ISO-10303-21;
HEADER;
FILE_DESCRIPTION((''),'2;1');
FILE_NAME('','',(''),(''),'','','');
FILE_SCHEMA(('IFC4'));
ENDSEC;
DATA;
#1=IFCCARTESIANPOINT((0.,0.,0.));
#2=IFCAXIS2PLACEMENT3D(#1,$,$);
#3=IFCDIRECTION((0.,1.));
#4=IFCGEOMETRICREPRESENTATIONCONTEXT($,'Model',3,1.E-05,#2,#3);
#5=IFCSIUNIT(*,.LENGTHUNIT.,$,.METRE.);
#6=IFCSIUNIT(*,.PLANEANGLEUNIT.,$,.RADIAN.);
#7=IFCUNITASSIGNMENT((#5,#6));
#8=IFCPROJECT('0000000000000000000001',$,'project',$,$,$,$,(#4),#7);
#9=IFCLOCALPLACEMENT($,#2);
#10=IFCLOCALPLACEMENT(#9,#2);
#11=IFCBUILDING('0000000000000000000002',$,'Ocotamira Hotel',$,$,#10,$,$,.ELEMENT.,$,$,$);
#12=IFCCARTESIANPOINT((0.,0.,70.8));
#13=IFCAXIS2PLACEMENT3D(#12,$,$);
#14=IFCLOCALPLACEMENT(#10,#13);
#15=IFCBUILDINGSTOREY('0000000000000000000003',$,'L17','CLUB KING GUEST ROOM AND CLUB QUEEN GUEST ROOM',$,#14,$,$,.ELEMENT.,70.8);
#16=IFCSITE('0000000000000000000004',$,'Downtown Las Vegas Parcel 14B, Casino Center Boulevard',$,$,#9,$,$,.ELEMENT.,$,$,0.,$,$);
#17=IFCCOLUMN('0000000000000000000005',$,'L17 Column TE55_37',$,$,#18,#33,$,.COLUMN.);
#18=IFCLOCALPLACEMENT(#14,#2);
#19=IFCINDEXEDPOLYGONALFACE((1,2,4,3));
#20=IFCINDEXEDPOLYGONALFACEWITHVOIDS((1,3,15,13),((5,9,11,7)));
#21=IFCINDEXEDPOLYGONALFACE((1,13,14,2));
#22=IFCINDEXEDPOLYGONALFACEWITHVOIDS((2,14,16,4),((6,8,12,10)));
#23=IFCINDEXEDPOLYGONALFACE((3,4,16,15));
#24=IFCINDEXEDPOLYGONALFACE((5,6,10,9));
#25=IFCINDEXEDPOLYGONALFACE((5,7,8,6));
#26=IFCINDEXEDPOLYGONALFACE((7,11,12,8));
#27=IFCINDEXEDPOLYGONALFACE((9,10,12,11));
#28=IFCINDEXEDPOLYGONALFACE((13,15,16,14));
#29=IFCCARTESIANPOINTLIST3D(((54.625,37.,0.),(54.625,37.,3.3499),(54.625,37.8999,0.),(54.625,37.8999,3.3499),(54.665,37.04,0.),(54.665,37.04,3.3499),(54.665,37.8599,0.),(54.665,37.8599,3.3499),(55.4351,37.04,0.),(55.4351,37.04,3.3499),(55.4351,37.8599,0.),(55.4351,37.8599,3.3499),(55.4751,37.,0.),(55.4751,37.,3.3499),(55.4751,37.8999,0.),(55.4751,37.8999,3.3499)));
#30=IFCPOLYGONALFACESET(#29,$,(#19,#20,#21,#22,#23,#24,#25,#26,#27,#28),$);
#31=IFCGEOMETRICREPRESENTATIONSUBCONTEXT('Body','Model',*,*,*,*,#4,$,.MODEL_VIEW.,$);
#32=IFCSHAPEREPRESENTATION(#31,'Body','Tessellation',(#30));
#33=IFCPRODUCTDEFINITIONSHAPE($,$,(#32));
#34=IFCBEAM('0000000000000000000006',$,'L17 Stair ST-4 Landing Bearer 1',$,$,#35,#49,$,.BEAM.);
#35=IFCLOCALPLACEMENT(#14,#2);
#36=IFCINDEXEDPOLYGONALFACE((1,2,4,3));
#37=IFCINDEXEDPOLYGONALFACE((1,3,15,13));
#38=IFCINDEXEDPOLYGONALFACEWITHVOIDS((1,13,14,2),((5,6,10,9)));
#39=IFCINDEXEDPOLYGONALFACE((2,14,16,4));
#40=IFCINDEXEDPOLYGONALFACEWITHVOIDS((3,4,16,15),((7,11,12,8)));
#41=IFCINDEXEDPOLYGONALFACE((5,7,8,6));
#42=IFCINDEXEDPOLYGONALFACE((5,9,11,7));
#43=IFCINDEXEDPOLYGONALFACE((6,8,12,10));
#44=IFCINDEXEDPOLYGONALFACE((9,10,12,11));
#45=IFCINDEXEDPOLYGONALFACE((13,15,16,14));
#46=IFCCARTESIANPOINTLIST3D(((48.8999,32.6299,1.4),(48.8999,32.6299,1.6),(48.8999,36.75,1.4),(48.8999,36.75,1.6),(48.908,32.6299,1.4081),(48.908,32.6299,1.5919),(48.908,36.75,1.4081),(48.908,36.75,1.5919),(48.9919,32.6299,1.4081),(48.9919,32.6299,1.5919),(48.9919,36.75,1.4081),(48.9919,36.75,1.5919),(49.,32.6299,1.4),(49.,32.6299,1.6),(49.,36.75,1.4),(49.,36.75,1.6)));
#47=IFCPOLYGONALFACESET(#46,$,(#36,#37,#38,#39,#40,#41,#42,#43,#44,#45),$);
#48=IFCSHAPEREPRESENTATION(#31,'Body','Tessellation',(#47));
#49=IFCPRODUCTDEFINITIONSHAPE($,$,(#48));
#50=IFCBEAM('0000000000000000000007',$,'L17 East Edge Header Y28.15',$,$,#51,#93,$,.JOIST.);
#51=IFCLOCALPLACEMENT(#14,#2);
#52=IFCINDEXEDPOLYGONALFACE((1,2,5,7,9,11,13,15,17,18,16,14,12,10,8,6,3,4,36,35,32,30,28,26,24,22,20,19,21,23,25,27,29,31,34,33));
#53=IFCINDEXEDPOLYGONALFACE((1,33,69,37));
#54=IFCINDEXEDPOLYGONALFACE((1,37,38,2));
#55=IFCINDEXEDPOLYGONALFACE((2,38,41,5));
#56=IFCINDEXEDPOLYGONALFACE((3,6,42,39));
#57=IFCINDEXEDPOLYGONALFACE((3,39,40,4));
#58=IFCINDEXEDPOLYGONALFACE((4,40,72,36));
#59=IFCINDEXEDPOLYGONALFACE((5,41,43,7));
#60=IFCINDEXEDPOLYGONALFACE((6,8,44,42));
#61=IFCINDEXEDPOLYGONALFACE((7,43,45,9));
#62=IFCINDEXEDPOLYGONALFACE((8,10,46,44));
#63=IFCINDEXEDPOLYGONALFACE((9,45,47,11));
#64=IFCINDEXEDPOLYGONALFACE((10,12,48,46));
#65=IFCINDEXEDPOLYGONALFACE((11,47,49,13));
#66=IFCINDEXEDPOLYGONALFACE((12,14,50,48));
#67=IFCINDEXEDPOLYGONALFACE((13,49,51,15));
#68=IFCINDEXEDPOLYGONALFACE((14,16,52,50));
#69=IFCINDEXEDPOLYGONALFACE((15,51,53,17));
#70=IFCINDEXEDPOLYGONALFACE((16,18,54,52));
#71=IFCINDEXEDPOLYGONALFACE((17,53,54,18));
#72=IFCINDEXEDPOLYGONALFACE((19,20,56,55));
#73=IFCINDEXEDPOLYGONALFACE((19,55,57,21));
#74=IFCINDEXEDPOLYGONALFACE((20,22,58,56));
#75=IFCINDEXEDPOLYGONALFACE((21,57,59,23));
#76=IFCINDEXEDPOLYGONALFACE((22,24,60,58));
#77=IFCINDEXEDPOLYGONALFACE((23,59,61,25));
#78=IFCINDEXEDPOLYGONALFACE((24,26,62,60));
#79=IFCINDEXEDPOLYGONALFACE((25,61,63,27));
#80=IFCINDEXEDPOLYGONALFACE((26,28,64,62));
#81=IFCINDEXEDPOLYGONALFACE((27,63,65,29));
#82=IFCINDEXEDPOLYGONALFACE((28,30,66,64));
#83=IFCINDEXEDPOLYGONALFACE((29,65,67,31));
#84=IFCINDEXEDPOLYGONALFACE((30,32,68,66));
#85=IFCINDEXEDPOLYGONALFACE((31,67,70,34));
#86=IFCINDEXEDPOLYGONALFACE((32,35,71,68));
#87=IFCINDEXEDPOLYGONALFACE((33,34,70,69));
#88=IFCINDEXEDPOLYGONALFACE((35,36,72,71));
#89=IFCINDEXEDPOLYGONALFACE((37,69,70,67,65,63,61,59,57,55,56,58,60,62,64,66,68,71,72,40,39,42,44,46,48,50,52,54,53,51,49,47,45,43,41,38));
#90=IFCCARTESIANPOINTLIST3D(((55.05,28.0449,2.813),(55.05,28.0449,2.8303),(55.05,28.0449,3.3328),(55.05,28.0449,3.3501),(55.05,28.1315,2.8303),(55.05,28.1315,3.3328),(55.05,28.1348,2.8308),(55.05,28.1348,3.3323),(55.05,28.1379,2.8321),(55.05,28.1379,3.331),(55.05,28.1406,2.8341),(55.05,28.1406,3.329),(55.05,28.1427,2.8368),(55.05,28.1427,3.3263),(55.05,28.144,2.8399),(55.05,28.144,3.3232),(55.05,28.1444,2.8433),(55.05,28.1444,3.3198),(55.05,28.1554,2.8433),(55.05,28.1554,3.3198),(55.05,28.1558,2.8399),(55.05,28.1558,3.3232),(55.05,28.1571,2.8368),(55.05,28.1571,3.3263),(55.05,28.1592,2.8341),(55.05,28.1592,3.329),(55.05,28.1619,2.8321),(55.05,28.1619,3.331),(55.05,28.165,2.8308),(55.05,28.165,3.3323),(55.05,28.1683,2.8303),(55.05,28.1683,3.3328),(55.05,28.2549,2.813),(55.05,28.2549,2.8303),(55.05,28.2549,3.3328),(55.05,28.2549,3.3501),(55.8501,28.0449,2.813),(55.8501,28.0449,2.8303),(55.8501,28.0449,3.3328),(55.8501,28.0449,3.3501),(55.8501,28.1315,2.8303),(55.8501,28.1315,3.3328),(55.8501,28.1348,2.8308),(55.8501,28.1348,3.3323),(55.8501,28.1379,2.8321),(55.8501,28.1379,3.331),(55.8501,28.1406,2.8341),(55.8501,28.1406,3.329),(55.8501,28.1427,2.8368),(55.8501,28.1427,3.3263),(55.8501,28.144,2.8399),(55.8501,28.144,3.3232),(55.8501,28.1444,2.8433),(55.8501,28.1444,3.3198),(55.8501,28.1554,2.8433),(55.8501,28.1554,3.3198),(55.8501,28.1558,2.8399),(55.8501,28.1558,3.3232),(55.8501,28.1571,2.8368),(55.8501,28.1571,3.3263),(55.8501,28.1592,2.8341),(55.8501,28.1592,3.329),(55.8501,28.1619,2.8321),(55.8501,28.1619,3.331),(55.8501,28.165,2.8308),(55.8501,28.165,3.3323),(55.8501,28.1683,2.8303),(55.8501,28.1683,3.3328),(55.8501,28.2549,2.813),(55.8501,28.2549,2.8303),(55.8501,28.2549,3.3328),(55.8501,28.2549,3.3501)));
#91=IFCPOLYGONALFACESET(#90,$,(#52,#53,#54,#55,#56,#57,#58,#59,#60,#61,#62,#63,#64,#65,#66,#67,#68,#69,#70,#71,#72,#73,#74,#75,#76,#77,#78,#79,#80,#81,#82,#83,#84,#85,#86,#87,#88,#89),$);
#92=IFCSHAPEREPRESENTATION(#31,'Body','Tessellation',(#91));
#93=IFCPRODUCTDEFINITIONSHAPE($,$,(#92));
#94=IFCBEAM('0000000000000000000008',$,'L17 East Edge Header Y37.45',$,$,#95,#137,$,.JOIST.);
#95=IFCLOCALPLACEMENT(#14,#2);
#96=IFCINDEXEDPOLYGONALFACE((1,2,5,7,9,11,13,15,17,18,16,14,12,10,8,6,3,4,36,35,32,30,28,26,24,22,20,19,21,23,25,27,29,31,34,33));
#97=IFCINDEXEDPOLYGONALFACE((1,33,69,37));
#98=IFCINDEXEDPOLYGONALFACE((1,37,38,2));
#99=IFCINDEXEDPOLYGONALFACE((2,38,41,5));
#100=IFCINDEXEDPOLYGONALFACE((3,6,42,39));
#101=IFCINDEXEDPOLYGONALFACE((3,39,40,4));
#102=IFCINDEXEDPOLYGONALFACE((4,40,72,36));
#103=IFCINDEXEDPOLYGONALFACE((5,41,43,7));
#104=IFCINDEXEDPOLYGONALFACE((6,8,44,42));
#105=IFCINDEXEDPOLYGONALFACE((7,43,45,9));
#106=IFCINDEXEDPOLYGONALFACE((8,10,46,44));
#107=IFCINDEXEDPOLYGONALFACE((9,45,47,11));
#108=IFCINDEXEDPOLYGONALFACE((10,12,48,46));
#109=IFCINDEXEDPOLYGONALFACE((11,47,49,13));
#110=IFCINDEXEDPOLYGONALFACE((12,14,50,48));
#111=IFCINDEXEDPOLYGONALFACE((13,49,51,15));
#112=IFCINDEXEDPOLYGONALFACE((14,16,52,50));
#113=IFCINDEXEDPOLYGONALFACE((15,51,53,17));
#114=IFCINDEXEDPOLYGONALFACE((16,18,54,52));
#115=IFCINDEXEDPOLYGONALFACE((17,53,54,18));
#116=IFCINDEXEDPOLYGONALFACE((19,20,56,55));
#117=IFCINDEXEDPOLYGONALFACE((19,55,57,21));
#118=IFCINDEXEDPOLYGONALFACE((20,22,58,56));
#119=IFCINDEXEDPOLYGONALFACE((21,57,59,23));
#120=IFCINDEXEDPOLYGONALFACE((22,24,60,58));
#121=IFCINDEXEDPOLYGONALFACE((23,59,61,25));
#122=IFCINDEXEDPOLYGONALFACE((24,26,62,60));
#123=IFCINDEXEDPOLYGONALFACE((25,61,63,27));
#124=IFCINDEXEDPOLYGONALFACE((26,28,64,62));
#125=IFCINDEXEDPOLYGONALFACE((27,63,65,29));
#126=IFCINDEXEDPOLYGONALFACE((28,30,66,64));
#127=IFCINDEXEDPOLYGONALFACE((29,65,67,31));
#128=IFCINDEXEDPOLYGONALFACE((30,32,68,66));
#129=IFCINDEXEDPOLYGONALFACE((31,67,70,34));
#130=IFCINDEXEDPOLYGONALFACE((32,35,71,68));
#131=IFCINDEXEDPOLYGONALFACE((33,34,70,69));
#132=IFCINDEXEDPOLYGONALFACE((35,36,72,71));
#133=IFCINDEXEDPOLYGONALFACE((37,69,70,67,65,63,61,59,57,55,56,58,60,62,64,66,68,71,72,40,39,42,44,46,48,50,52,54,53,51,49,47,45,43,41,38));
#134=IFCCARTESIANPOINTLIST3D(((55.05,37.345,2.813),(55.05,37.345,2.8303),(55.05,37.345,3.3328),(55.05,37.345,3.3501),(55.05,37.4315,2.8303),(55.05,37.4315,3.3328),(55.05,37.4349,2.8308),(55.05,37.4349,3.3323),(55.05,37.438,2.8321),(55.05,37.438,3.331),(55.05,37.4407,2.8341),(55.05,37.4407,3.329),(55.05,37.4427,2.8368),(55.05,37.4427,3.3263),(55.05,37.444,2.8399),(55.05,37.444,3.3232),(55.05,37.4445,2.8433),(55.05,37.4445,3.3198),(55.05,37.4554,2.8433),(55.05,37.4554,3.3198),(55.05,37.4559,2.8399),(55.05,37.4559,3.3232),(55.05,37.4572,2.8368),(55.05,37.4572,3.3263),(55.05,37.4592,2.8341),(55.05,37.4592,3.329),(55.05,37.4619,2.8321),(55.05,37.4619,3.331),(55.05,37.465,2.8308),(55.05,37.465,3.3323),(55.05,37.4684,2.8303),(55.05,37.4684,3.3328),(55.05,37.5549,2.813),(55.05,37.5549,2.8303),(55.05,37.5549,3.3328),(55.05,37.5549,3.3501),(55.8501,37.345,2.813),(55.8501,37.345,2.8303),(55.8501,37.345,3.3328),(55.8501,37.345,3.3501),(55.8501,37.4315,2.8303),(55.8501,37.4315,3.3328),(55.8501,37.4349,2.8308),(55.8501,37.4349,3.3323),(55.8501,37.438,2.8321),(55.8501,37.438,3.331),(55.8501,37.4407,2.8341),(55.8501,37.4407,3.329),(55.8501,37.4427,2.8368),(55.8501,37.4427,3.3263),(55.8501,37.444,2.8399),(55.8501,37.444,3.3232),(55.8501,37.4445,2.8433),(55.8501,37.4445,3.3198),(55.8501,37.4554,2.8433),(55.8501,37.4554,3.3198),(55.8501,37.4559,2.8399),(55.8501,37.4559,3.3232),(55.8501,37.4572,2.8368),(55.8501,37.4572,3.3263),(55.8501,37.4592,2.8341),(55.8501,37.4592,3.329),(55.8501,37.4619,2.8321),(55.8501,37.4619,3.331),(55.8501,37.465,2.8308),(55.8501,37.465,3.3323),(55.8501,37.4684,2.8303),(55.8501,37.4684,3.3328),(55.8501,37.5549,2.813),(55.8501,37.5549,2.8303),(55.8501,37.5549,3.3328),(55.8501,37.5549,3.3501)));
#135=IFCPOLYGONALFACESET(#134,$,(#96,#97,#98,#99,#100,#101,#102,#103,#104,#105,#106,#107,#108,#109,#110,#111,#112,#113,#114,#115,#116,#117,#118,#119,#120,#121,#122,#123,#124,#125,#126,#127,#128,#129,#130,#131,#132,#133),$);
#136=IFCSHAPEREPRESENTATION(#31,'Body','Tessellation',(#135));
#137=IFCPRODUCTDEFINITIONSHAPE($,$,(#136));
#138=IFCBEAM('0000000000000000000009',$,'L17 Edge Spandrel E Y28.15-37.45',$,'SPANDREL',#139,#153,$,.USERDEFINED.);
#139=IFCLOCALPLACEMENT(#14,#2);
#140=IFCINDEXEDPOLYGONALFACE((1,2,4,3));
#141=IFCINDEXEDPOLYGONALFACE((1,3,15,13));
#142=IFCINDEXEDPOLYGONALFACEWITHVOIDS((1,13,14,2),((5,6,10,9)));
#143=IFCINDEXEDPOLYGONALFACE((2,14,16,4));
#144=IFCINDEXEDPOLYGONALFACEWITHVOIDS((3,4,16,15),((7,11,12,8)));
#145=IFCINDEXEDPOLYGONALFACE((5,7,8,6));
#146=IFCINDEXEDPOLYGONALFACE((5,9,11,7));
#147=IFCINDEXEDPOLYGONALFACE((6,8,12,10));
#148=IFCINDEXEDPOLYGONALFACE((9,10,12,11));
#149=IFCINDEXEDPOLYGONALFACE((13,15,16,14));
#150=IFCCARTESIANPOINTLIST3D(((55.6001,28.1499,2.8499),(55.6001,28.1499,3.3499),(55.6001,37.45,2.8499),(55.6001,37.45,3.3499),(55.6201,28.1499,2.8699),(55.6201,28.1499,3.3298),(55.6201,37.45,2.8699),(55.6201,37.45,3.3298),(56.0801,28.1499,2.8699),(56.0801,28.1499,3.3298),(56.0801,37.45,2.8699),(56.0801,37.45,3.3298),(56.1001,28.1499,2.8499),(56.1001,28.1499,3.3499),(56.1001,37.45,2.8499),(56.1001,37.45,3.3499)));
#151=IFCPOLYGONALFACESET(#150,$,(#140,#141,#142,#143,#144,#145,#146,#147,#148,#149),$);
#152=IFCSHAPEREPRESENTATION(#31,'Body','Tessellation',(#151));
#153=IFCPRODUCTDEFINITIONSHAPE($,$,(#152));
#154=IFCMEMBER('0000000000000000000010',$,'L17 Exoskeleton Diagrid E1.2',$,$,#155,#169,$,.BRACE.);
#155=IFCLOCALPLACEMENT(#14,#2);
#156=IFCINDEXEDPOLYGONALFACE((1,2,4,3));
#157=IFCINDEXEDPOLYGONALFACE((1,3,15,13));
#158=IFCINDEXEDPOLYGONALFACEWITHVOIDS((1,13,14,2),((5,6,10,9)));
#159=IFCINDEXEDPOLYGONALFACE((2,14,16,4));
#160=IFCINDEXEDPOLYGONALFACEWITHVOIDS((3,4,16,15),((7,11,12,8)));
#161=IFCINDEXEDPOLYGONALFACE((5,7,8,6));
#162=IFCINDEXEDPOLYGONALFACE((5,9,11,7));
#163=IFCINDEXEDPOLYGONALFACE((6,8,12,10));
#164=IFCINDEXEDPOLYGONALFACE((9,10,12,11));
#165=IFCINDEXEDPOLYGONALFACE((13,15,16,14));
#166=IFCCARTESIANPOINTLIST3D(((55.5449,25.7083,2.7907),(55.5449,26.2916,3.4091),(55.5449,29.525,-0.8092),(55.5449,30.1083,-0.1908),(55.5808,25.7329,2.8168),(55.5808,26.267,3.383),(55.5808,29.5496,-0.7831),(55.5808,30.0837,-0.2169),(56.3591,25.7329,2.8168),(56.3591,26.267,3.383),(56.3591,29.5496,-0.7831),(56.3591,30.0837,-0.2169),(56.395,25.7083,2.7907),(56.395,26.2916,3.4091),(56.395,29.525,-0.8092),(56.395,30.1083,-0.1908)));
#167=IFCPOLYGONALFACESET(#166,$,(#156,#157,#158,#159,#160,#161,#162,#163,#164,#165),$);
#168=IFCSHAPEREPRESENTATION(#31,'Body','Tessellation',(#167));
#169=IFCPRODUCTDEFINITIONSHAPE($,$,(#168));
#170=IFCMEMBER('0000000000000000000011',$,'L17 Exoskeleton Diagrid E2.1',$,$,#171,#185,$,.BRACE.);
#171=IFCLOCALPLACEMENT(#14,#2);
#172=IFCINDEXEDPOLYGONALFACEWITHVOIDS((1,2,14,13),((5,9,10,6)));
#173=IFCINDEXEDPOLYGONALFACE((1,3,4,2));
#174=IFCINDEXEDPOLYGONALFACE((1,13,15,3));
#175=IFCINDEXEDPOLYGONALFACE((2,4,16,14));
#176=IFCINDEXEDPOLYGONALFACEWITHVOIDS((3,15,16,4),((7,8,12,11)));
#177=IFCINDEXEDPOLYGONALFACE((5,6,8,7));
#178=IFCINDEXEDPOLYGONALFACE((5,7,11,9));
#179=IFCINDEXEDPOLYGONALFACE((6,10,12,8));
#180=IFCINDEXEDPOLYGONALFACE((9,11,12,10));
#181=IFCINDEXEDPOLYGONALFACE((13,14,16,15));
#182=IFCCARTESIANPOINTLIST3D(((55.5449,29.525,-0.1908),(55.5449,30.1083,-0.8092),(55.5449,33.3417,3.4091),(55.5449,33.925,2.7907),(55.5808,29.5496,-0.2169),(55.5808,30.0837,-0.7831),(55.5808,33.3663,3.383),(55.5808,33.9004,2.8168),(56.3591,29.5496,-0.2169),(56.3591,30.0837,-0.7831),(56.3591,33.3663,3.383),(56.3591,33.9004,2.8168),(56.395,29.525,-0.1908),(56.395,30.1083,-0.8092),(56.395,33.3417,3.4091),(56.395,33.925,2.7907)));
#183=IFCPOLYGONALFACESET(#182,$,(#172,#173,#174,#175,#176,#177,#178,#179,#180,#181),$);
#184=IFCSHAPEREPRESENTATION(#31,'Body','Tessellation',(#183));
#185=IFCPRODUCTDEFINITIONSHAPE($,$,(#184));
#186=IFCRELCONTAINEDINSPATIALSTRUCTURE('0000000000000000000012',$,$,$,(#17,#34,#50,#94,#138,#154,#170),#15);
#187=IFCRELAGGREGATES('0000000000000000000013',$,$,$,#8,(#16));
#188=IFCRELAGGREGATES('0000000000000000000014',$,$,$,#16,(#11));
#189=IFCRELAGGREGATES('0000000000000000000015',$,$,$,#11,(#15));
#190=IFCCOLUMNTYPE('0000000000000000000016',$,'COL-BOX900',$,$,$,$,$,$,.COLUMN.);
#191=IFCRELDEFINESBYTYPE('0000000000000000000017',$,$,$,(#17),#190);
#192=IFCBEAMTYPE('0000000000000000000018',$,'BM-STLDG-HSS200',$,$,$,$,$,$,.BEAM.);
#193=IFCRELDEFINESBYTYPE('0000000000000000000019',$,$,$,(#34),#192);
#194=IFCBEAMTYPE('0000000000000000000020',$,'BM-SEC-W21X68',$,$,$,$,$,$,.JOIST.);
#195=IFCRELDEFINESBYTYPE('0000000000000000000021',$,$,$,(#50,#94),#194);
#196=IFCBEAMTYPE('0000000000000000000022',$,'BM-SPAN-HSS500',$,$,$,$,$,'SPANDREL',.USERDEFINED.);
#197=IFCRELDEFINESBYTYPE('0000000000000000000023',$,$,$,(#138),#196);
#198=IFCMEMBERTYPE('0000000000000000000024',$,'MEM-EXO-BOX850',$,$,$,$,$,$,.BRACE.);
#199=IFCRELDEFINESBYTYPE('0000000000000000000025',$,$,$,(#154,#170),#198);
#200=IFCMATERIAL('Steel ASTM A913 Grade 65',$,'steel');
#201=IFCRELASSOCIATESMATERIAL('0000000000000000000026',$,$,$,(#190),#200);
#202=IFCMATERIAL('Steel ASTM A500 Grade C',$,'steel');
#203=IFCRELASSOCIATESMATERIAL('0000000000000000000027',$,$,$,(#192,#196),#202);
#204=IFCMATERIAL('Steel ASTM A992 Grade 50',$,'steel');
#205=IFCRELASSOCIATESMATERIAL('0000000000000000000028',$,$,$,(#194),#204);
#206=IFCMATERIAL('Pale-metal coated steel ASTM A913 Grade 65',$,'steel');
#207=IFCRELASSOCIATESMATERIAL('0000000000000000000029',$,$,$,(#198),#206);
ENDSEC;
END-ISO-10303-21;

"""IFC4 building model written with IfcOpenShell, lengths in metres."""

from ifc_helpers import new_model, si_unit, direction, frame, origin, origin_2d, place, context, subcontext, project, spatial, hollow_rectangle, i_section, extrude, source, transform, mapped, material, material_profile, profile_set, type_object, element, save


model = new_model("IFC4")

# Units and contexts
model_context = context("Model", 3, precision=1e-05, world=origin(), true_north=direction((0.0, 1.0)))
body_context = subcontext(model_context, "Body", "Model", "MODEL_VIEW")
ifc_project = project(units=[si_unit("LENGTHUNIT", "METRE"), si_unit("PLANEANGLEUNIT", "RADIAN")], contexts=[model_context])

# Site, building, storey
site_placement = place(None, origin())
site = spatial("IfcSite", under=ifc_project, at=site_placement, Name="Downtown Las Vegas Parcel 14B, Casino Center Boulevard", CompositionType="ELEMENT", RefElevation=0.0)
building_placement = place(site_placement, origin())
building = spatial("IfcBuilding", under=site, at=building_placement, Name="Ocotamira Hotel", CompositionType="ELEMENT")
storey_placement = place(building_placement, frame((0.0, 0.0, 70.8)))
storey = spatial("IfcBuildingStorey", under=building, at=storey_placement, Name="L17", Description="CLUB KING GUEST ROOM AND CLUB QUEEN GUEST ROOM", CompositionType="ELEMENT", Elevation=70.8)

# Column
ifc_material_1 = material(Name="Steel ASTM A913 Grade 65", Category="steel")
ifc_material_profile_1 = material_profile(ifc_material_1, hollow_rectangle(XDim=0.8501, YDim=0.8999, WallThickness=0.04, at=origin_2d()), Name="BOX900X850X40")
ifc_profile_set_1 = profile_set([ifc_material_profile_1], Name="Steel ASTM A913 Grade 65")
column_type = type_object("IfcColumnType", Name="COL-BOX900", PredefinedType="COLUMN", material=ifc_profile_set_1)
shared_shape_1 = source(origin(), body_context, "Body", "SweptSolid", [
    extrude(hollow_rectangle(XDim=0.8501, YDim=0.8999, WallThickness=0.04, at=origin_2d()), origin(), (0.0, 0.0, 1.0), 3.3499),
])
column_placement = place(storey_placement, frame((55.05, 37.45, 0.0), z_axis=(0.0, 0.0, 1.0), x_axis=(1.0, 0.0, 0.0)))
element("IfcColumn", 1, at=column_placement, inside=storey, type_object=column_type, Name="L17 Column TE55_37", PredefinedType="COLUMN", context=body_context, shape_type="MappedRepresentation", body=[
    mapped(shared_shape_1, transform((0.0, 0.0, 0.0), scale=1.0)),
])

# Beams
ifc_material_2 = material(Name="Steel ASTM A500 Grade C", Category="steel")
ifc_material_profile_2 = material_profile(ifc_material_2, hollow_rectangle(XDim=0.1001, YDim=0.2, WallThickness=0.0081, at=origin_2d()), Name="HSS200X100X8")
ifc_profile_set_2 = profile_set([ifc_material_profile_2], Name="Steel ASTM A500 Grade C")
beam_type_1 = type_object("IfcBeamType", Name="BM-STLDG-HSS200", PredefinedType="BEAM", material=ifc_profile_set_2)
shared_shape_2 = source(origin(), body_context, "Body", "SweptSolid", [
    extrude(hollow_rectangle(XDim=0.1001, YDim=0.2, WallThickness=0.0081, at=origin_2d()), origin(), (0.0, 0.0, 1.0), 4.1201),
])
beam_1_placement = place(storey_placement, frame((48.95, 32.6299, 1.5), z_axis=(0.0, 1.0, 0.0), x_axis=(-1.0, 0.0, 0.0)))
element("IfcBeam", 2, at=beam_1_placement, inside=storey, type_object=beam_type_1, Name="L17 Stair ST-4 Landing Bearer 1", PredefinedType="BEAM", context=body_context, shape_type="MappedRepresentation", body=[
    mapped(shared_shape_2, transform((0.0, 0.0, 0.0), scale=1.0)),
])
ifc_material_3 = material(Name="Steel ASTM A992 Grade 50", Category="steel")
ifc_material_profile_3 = material_profile(ifc_material_3, i_section(OverallWidth=0.21, OverallDepth=0.5371, WebThickness=0.011, FlangeThickness=0.0173, FilletRadius=0.0129, at=origin_2d()), Name="W21X68")
ifc_profile_set_3 = profile_set([ifc_material_profile_3], Name="Steel ASTM A992 Grade 50")
beam_type_2 = type_object("IfcBeamType", Name="BM-SEC-W21X68", PredefinedType="JOIST", material=ifc_profile_set_3)
shared_shape_3 = source(origin(), body_context, "Body", "SweptSolid", [
    extrude(i_section(OverallWidth=0.21, OverallDepth=0.5371, WebThickness=0.011, FlangeThickness=0.0173, FilletRadius=0.0129, at=origin_2d()), origin(), (0.0, 0.0, 1.0), 0.8),
])
for number, where, z_axis, x_axis, name in (
    (3, (55.05, 28.1499, 3.0815), (1.0, 0.0, 0.0), (0.0, 1.0, 0.0), "L17 East Edge Header Y28.15"),
    (4, (55.05, 37.45, 3.0815), (1.0, 0.0, 0.0), (0.0, 1.0, 0.0), "L17 East Edge Header Y37.45"),
):
    element("IfcBeam", number, at=place(storey_placement, frame(where, z_axis=z_axis, x_axis=x_axis)), inside=storey, type_object=beam_type_2, Name=name, PredefinedType="JOIST", context=body_context, shape_type="MappedRepresentation", body=[
        mapped(shared_shape_3, transform((0.0, 0.0, 0.0), scale=1.0)),
    ])
ifc_material_profile_4 = material_profile(ifc_material_2, hollow_rectangle(XDim=0.5, YDim=0.5, WallThickness=0.02, at=origin_2d()), Name="HSS500X500X20")
ifc_profile_set_4 = profile_set([ifc_material_profile_4], Name="Steel ASTM A500 Grade C")
beam_type_3 = type_object("IfcBeamType", Name="BM-SPAN-HSS500", ElementType="SPANDREL", PredefinedType="USERDEFINED", material=ifc_profile_set_4)
shared_shape_4 = source(origin(), body_context, "Body", "SweptSolid", [
    extrude(hollow_rectangle(XDim=0.5, YDim=0.5, WallThickness=0.02, at=origin_2d()), origin(), (0.0, 0.0, 1.0), 9.3),
])
beam_2_placement = place(storey_placement, frame((55.8501, 28.1499, 3.0999), z_axis=(0.0, 1.0, 0.0), x_axis=(-1.0, 0.0, 0.0)))
element("IfcBeam", 5, at=beam_2_placement, inside=storey, type_object=beam_type_3, Name="L17 Edge Spandrel E Y28.15-37.45", ObjectType="SPANDREL", PredefinedType="USERDEFINED", context=body_context, shape_type="MappedRepresentation", body=[
    mapped(shared_shape_4, transform((0.0, 0.0, 0.0), scale=1.0)),
])

# Members
ifc_material_4 = material(Name="Pale-metal coated steel ASTM A913 Grade 65", Category="steel")
ifc_material_profile_5 = material_profile(ifc_material_4, hollow_rectangle(XDim=0.8501, YDim=0.8501, WallThickness=0.0359, at=origin_2d()), Name="BOX850X850X36")
ifc_profile_set_5 = profile_set([ifc_material_profile_5], Name="Pale-metal coated steel ASTM A913 Grade 65")
member_type_1 = type_object("IfcMemberType", Name="MEM-EXO-BOX850", PredefinedType="BRACE", material=ifc_profile_set_5)
shared_shape_5 = source(origin(), body_context, "Body", "SweptSolid", [
    extrude(hollow_rectangle(XDim=0.8501, YDim=0.8501, WallThickness=0.0359, at=origin_2d()), origin(), (0.0, 0.0, 1.0), 5.2466),
])
for number, where, z_axis, x_axis, name in (
    (6, (55.97, 29.8167, -0.5), (0.0, -0.727466, 0.686144), (1.0, 0.0, 0.0), "L17 Exoskeleton Diagrid E1.2"),
    (7, (55.97, 29.8167, -0.5), (0.0, 0.727466, 0.686144), (-1.0, 0.0, 0.0), "L17 Exoskeleton Diagrid E2.1"),
):
    element("IfcMember", number, at=place(storey_placement, frame(where, z_axis=z_axis, x_axis=x_axis)), inside=storey, type_object=member_type_1, Name=name, PredefinedType="BRACE", context=body_context, shape_type="MappedRepresentation", body=[
        mapped(shared_shape_5, transform((0.0, 0.0, 0.0), scale=1.0)),
    ])

save(model, "model.ifc")
